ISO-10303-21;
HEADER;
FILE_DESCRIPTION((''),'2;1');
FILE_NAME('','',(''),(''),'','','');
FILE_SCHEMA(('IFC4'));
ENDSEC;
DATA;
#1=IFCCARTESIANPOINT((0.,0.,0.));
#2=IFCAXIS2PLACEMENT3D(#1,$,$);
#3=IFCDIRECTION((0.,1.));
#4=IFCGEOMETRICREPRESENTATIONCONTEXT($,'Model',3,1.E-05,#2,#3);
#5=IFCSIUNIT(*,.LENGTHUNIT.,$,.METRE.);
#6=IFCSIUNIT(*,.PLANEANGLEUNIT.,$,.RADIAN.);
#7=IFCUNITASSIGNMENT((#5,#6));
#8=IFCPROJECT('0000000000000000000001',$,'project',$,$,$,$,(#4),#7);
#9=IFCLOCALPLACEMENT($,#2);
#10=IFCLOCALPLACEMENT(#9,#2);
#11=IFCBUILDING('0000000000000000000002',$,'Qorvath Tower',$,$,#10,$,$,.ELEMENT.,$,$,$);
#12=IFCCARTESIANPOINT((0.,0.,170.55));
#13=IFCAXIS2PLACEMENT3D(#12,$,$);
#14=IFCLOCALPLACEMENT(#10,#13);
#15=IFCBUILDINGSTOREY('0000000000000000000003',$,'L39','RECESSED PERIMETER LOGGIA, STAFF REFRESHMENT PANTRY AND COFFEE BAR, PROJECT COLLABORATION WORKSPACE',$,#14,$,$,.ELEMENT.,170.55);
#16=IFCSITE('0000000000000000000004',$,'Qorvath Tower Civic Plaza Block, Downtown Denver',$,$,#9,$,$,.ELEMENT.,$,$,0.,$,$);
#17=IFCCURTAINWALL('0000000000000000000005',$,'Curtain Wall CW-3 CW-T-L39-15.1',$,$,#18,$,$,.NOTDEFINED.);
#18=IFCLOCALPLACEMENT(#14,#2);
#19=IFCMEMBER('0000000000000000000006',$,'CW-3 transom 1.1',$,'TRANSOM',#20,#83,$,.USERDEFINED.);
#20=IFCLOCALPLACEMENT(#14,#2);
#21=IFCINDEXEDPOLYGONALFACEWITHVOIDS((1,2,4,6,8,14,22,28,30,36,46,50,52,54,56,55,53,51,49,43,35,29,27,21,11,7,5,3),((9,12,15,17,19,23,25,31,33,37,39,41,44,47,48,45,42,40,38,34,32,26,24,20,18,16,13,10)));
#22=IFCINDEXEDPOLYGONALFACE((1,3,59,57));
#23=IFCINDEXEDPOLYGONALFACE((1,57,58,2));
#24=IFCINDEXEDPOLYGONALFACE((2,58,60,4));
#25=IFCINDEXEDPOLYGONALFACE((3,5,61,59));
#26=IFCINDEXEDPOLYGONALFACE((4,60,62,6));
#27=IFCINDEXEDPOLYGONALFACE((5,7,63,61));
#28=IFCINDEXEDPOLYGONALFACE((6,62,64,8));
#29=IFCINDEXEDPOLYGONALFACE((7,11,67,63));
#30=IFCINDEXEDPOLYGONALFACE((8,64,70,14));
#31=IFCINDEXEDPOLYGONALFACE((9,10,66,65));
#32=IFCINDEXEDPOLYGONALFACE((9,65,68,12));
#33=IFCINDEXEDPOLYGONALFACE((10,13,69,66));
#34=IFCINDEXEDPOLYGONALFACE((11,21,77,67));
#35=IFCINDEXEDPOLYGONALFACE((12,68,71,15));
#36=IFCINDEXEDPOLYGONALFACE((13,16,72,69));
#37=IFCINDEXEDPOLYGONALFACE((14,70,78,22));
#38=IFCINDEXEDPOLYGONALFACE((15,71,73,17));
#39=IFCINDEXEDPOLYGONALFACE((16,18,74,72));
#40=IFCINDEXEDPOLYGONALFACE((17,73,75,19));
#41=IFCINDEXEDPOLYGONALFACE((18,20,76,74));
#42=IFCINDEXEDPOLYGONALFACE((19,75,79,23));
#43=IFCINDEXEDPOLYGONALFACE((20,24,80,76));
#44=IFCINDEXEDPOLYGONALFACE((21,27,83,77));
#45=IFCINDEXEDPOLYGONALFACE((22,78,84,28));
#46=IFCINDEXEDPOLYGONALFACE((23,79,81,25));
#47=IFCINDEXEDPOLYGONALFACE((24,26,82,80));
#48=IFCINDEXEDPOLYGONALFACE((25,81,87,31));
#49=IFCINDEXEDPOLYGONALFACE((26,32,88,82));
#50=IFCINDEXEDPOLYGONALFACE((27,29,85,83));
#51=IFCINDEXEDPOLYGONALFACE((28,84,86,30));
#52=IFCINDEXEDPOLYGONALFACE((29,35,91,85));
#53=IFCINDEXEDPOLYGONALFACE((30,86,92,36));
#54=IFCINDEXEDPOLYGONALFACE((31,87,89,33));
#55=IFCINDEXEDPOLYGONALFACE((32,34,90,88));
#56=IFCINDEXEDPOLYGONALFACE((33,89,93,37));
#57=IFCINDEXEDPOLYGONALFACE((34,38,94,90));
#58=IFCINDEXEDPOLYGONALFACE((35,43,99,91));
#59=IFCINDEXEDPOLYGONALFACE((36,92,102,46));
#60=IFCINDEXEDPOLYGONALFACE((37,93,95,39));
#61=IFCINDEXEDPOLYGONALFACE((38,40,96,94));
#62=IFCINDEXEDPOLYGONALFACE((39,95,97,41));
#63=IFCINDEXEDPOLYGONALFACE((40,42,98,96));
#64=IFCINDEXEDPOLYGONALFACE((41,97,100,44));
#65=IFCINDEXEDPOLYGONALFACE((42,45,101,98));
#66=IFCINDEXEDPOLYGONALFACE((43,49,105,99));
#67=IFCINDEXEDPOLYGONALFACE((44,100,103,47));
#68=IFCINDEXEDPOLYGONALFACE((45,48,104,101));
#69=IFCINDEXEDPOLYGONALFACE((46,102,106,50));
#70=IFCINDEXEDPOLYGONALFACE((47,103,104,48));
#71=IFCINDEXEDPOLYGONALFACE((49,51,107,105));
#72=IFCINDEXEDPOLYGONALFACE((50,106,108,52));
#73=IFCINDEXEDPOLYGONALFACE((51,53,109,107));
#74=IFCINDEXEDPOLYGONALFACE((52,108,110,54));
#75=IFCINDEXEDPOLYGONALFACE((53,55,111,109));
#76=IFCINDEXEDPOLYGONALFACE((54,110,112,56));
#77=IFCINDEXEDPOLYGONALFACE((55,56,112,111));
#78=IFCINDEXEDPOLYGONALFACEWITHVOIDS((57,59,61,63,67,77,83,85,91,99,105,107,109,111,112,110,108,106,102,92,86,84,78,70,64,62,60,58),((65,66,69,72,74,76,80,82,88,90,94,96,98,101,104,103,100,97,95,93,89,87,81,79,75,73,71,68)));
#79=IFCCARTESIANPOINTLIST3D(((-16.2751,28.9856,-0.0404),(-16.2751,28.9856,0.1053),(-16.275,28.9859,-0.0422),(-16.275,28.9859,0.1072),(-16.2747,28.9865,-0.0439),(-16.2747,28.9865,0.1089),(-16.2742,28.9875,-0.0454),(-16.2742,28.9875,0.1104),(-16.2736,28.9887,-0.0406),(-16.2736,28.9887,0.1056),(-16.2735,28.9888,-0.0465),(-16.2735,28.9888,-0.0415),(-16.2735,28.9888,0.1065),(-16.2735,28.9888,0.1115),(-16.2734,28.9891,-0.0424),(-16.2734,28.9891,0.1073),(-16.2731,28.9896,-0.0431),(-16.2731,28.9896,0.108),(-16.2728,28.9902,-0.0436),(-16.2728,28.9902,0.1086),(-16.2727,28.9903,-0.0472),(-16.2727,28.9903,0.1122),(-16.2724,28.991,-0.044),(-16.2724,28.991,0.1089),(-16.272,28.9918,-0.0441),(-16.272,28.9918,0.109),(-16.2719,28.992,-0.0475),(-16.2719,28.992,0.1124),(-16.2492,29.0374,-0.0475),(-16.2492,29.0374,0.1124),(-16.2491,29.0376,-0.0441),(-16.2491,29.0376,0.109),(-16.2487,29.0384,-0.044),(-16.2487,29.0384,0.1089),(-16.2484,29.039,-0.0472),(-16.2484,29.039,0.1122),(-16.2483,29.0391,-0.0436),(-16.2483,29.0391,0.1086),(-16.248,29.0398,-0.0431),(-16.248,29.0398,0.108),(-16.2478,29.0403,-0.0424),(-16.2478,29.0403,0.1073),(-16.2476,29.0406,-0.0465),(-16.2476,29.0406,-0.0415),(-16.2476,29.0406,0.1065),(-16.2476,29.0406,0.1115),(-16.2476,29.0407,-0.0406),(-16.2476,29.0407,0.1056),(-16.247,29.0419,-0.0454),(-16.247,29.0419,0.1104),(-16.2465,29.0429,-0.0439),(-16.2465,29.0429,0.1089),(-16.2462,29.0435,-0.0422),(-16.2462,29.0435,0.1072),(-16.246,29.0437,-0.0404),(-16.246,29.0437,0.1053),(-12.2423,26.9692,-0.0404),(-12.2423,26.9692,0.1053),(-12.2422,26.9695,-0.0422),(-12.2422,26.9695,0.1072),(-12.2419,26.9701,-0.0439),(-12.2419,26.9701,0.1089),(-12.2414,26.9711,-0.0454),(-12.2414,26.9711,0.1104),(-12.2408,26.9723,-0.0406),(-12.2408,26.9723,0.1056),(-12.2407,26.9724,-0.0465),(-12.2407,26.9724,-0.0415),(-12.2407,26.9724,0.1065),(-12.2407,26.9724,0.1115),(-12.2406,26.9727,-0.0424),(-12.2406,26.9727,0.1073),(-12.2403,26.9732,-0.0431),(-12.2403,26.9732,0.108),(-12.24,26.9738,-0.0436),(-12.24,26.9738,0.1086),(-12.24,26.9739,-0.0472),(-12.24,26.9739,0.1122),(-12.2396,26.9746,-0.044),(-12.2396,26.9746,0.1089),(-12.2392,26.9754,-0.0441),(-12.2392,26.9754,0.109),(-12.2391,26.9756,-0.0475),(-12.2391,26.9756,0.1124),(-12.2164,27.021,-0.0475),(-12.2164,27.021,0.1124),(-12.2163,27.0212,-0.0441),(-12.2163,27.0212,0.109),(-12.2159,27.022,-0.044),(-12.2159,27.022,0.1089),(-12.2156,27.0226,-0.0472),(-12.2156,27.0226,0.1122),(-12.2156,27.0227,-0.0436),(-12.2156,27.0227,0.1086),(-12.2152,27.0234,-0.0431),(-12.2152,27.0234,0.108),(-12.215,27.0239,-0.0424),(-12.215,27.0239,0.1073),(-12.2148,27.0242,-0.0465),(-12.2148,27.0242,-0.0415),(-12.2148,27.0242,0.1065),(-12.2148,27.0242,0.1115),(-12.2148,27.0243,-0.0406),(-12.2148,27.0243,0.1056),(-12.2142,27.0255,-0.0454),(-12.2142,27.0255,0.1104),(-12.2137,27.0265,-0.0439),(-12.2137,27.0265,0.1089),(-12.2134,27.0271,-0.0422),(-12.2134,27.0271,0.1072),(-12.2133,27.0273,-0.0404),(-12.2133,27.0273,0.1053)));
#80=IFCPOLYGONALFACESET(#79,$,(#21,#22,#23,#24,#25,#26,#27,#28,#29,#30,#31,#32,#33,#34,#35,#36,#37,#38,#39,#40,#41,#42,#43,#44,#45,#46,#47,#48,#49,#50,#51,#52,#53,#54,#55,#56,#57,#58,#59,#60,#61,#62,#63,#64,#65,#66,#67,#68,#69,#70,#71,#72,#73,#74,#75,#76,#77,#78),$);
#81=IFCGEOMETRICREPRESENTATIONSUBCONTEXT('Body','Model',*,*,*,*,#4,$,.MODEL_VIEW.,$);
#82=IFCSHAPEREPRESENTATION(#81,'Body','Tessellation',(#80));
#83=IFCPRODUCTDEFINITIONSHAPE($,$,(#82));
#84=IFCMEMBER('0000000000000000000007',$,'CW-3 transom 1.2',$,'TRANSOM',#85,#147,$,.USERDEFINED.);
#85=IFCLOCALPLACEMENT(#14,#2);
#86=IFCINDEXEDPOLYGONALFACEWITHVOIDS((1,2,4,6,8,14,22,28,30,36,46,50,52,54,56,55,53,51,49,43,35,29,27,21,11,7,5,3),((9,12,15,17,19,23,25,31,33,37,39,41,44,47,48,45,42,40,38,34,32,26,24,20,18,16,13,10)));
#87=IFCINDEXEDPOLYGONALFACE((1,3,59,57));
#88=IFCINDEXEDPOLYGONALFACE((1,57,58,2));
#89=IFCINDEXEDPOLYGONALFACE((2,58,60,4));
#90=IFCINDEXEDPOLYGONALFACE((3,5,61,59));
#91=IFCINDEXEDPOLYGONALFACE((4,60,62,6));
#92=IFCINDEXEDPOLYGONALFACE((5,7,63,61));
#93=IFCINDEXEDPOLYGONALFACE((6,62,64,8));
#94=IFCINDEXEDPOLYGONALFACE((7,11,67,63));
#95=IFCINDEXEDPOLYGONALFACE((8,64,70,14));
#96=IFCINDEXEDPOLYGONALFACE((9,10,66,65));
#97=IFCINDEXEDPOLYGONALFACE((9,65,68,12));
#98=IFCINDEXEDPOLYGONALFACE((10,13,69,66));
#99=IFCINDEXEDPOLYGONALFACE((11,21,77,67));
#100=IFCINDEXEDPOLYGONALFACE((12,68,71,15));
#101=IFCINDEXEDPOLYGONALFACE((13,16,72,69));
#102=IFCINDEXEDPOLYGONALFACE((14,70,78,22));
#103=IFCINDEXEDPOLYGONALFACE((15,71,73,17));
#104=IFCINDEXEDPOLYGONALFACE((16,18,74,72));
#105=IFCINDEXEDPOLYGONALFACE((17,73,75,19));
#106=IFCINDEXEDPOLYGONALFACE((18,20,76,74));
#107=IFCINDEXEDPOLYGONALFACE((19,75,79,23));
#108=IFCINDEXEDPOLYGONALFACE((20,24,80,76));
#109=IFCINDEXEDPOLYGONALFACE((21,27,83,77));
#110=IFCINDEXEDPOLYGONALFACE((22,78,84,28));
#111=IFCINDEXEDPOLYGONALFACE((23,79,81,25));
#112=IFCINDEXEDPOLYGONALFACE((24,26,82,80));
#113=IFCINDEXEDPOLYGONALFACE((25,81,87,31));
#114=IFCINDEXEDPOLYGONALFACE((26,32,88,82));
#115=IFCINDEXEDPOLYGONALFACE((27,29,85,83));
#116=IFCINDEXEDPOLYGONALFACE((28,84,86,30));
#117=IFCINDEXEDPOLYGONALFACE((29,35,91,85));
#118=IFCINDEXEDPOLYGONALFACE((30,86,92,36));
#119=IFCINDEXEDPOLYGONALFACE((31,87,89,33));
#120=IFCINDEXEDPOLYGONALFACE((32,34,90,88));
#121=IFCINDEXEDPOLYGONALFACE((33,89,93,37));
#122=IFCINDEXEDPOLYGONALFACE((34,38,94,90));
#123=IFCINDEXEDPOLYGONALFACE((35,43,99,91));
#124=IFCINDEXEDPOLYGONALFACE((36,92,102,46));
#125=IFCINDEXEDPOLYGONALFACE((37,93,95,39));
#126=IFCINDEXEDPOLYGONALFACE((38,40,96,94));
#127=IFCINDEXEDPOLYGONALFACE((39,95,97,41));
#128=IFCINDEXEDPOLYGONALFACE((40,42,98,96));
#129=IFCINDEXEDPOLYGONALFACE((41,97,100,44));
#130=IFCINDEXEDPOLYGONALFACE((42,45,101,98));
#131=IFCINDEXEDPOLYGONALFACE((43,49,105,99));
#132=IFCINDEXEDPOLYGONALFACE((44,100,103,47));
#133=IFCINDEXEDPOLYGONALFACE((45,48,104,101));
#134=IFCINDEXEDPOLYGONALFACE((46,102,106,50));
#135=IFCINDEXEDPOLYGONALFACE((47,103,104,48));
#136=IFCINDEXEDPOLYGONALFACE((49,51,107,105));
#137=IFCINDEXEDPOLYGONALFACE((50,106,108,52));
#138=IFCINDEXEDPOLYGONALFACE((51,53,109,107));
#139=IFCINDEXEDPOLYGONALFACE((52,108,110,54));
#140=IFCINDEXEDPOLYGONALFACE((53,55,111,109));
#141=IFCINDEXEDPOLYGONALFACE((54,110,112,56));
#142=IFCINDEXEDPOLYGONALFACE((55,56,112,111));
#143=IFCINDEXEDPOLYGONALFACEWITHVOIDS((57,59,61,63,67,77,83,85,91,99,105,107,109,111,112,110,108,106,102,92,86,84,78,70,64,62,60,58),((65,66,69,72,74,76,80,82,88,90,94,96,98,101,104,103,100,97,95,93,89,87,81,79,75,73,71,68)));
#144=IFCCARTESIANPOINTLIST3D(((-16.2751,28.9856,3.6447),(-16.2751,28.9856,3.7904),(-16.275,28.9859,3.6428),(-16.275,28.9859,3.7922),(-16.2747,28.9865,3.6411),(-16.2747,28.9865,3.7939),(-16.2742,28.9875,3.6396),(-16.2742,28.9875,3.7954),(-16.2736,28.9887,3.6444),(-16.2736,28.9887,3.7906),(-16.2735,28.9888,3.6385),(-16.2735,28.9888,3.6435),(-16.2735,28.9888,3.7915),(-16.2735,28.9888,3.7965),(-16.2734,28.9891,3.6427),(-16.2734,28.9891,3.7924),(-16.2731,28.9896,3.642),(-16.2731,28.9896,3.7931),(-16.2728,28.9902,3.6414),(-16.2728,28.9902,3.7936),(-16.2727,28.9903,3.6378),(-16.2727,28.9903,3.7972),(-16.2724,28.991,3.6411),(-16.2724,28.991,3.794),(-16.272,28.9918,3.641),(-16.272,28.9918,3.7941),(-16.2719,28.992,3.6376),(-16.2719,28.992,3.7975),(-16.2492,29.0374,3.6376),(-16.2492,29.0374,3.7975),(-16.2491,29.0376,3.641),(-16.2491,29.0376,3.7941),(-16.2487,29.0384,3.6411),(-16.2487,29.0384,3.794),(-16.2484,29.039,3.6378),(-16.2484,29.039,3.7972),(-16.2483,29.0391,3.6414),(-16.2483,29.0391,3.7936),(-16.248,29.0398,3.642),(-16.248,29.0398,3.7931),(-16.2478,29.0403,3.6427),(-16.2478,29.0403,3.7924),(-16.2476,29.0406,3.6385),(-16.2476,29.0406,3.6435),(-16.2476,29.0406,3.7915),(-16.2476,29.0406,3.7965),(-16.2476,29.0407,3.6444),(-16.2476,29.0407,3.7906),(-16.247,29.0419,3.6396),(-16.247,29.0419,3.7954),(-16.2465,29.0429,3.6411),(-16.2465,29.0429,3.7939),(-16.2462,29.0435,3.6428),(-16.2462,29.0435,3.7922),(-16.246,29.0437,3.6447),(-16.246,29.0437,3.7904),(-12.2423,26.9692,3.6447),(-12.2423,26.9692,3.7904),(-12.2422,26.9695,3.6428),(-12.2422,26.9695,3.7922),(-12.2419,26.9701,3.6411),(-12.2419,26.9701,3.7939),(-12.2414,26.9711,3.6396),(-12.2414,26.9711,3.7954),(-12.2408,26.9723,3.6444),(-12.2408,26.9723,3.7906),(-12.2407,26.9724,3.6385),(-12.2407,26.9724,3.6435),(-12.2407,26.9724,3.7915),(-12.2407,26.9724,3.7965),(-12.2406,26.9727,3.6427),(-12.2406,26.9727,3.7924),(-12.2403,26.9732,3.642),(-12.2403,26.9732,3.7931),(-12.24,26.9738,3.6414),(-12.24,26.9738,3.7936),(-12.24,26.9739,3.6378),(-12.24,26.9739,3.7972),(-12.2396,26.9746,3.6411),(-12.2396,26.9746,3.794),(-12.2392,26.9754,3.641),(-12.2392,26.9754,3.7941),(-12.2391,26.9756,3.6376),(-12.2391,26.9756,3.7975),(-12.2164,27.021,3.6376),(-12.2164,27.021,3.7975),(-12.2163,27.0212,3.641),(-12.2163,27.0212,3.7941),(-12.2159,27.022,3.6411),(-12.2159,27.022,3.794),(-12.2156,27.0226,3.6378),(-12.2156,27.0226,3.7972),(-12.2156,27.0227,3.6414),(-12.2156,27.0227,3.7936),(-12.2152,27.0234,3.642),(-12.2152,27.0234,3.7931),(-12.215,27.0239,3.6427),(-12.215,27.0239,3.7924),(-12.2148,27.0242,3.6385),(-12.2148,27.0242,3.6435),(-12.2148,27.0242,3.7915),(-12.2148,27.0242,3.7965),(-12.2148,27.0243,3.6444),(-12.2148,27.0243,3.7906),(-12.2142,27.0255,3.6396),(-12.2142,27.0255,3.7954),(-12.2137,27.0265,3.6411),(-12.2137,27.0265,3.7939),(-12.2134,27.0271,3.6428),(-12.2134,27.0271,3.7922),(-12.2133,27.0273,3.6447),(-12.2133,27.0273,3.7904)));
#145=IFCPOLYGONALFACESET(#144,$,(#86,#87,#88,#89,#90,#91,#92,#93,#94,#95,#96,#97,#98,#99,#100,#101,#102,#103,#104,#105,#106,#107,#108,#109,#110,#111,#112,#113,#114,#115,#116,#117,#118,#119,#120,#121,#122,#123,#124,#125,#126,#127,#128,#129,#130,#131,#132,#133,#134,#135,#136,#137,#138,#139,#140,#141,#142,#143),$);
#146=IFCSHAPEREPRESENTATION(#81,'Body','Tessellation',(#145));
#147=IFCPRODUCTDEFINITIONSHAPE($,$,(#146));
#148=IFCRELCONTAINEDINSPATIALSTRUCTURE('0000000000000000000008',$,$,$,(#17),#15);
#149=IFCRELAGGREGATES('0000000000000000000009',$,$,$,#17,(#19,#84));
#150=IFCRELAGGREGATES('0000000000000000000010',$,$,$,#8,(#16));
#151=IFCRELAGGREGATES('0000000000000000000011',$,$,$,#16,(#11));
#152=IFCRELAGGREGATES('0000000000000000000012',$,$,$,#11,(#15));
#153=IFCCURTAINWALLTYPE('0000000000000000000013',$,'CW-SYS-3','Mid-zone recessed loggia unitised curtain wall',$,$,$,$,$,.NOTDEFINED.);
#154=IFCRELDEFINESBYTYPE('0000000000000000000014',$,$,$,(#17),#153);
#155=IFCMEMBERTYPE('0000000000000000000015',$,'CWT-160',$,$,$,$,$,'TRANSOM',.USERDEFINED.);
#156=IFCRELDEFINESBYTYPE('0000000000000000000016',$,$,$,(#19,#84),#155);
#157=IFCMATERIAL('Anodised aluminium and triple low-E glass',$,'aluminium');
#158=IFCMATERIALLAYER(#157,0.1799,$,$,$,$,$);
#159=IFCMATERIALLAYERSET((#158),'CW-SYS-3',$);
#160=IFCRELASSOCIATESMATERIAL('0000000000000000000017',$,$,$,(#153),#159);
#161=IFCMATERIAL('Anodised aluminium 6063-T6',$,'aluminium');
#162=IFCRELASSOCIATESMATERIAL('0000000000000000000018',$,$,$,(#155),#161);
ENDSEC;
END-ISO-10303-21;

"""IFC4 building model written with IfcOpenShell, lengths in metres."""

from ifc_helpers import new_model, si_unit, direction, frame, origin, origin_2d, place, context, subcontext, project, spatial, hollow_rectangle, extrude, material, layer, layer_set, material_profile, profile_set, type_object, element, aggregate, save


model = new_model("IFC4")

# Units and contexts
model_context = context("Model", 3, precision=1e-05, world=origin(), true_north=direction((0.0, 1.0)))
body_context = subcontext(model_context, "Body", "Model", "MODEL_VIEW")
ifc_project = project(units=[si_unit("LENGTHUNIT", "METRE"), si_unit("PLANEANGLEUNIT", "RADIAN")], contexts=[model_context])

# Site, building, storey
site_placement = place(None, origin())
site = spatial("IfcSite", under=ifc_project, at=site_placement, Name="Qorvath Tower Civic Plaza Block, Downtown Denver", CompositionType="ELEMENT", RefElevation=0.0)
building_placement = place(site_placement, origin())
building = spatial("IfcBuilding", under=site, at=building_placement, Name="Qorvath Tower", CompositionType="ELEMENT")
storey_placement = place(building_placement, frame((0.0, 0.0, 170.55)))
storey = spatial("IfcBuildingStorey", under=building, at=storey_placement, Name="L39", Description="RECESSED PERIMETER LOGGIA, STAFF REFRESHMENT PANTRY AND COFFEE BAR, PROJECT COLLABORATION WORKSPACE", CompositionType="ELEMENT", Elevation=170.55)

# Shared definitions
ifc_material_1 = material(Name="Anodised aluminium and triple low-E glass", Category="aluminium")
ifc_layer_1 = layer(ifc_material_1, 0.1799)
ifc_layer_set_1 = layer_set([ifc_layer_1], Name="CW-SYS-3")
curtain_wall_type = type_object("IfcCurtainWallType", Name="CW-SYS-3", Description="Mid-zone recessed loggia unitised curtain wall", PredefinedType="NOTDEFINED", material=ifc_layer_set_1)

# Curtain wall
curtain_wall_1_placement = place(storey_placement, origin())
curtain_wall_1 = element("IfcCurtainWall", 1, at=curtain_wall_1_placement, inside=storey, type_object=curtain_wall_type, Name="Curtain Wall CW-3 CW-T-L39-15.1", PredefinedType="NOTDEFINED")

# Members
ifc_material_2 = material(Name="Anodised aluminium 6063-T6", Category="aluminium")
ifc_material_profile_1 = material_profile(ifc_material_2, hollow_rectangle(XDim=0.0649, YDim=0.1599, WallThickness=0.0034, InnerFilletRadius=0.0034, OuterFilletRadius=0.0071, at=origin_2d()), Name="CWT 160x65")
ifc_profile_set_1 = profile_set([ifc_material_profile_1], Name="Anodised aluminium 6063-T6")
member_type_1 = type_object("IfcMemberType", Name="CWT-160", ElementType="TRANSOM", PredefinedType="USERDEFINED", material=ifc_profile_set_1)
member_1_placement = place(storey_placement, frame((-12.2278, 26.9983, 0.0325), z_axis=(-0.894427, 0.447214, 0.0), x_axis=(-0.447214, -0.894427, 0.0)))
member_1 = element("IfcMember", 2, at=member_1_placement, type_object=member_type_1, Name="CW-3 transom 1.1", ObjectType="TRANSOM", PredefinedType="USERDEFINED", context=body_context, shape_type="SweptSolid", body=[
    extrude(hollow_rectangle(XDim=0.0649, YDim=0.1599, WallThickness=0.0034, InnerFilletRadius=0.0034, OuterFilletRadius=0.0071, at=origin_2d()), origin(), (0.0, 0.0, 1.0), 4.5088),
])
member_2_placement = place(storey_placement, frame((-12.2278, 26.9983, 3.7175), z_axis=(-0.894427, 0.447214, 0.0), x_axis=(-0.447214, -0.894427, 0.0)))
member_2 = element("IfcMember", 3, at=member_2_placement, type_object=member_type_1, Name="CW-3 transom 1.2", ObjectType="TRANSOM", PredefinedType="USERDEFINED", context=body_context, shape_type="SweptSolid", body=[
    extrude(hollow_rectangle(XDim=0.0649, YDim=0.1599, WallThickness=0.0034, InnerFilletRadius=0.0034, OuterFilletRadius=0.0071, at=origin_2d()), origin(), (0.0, 0.0, 1.0), 4.5088),
])

aggregate(curtain_wall_1, [member_1, member_2])

save(model, "model.ifc")
